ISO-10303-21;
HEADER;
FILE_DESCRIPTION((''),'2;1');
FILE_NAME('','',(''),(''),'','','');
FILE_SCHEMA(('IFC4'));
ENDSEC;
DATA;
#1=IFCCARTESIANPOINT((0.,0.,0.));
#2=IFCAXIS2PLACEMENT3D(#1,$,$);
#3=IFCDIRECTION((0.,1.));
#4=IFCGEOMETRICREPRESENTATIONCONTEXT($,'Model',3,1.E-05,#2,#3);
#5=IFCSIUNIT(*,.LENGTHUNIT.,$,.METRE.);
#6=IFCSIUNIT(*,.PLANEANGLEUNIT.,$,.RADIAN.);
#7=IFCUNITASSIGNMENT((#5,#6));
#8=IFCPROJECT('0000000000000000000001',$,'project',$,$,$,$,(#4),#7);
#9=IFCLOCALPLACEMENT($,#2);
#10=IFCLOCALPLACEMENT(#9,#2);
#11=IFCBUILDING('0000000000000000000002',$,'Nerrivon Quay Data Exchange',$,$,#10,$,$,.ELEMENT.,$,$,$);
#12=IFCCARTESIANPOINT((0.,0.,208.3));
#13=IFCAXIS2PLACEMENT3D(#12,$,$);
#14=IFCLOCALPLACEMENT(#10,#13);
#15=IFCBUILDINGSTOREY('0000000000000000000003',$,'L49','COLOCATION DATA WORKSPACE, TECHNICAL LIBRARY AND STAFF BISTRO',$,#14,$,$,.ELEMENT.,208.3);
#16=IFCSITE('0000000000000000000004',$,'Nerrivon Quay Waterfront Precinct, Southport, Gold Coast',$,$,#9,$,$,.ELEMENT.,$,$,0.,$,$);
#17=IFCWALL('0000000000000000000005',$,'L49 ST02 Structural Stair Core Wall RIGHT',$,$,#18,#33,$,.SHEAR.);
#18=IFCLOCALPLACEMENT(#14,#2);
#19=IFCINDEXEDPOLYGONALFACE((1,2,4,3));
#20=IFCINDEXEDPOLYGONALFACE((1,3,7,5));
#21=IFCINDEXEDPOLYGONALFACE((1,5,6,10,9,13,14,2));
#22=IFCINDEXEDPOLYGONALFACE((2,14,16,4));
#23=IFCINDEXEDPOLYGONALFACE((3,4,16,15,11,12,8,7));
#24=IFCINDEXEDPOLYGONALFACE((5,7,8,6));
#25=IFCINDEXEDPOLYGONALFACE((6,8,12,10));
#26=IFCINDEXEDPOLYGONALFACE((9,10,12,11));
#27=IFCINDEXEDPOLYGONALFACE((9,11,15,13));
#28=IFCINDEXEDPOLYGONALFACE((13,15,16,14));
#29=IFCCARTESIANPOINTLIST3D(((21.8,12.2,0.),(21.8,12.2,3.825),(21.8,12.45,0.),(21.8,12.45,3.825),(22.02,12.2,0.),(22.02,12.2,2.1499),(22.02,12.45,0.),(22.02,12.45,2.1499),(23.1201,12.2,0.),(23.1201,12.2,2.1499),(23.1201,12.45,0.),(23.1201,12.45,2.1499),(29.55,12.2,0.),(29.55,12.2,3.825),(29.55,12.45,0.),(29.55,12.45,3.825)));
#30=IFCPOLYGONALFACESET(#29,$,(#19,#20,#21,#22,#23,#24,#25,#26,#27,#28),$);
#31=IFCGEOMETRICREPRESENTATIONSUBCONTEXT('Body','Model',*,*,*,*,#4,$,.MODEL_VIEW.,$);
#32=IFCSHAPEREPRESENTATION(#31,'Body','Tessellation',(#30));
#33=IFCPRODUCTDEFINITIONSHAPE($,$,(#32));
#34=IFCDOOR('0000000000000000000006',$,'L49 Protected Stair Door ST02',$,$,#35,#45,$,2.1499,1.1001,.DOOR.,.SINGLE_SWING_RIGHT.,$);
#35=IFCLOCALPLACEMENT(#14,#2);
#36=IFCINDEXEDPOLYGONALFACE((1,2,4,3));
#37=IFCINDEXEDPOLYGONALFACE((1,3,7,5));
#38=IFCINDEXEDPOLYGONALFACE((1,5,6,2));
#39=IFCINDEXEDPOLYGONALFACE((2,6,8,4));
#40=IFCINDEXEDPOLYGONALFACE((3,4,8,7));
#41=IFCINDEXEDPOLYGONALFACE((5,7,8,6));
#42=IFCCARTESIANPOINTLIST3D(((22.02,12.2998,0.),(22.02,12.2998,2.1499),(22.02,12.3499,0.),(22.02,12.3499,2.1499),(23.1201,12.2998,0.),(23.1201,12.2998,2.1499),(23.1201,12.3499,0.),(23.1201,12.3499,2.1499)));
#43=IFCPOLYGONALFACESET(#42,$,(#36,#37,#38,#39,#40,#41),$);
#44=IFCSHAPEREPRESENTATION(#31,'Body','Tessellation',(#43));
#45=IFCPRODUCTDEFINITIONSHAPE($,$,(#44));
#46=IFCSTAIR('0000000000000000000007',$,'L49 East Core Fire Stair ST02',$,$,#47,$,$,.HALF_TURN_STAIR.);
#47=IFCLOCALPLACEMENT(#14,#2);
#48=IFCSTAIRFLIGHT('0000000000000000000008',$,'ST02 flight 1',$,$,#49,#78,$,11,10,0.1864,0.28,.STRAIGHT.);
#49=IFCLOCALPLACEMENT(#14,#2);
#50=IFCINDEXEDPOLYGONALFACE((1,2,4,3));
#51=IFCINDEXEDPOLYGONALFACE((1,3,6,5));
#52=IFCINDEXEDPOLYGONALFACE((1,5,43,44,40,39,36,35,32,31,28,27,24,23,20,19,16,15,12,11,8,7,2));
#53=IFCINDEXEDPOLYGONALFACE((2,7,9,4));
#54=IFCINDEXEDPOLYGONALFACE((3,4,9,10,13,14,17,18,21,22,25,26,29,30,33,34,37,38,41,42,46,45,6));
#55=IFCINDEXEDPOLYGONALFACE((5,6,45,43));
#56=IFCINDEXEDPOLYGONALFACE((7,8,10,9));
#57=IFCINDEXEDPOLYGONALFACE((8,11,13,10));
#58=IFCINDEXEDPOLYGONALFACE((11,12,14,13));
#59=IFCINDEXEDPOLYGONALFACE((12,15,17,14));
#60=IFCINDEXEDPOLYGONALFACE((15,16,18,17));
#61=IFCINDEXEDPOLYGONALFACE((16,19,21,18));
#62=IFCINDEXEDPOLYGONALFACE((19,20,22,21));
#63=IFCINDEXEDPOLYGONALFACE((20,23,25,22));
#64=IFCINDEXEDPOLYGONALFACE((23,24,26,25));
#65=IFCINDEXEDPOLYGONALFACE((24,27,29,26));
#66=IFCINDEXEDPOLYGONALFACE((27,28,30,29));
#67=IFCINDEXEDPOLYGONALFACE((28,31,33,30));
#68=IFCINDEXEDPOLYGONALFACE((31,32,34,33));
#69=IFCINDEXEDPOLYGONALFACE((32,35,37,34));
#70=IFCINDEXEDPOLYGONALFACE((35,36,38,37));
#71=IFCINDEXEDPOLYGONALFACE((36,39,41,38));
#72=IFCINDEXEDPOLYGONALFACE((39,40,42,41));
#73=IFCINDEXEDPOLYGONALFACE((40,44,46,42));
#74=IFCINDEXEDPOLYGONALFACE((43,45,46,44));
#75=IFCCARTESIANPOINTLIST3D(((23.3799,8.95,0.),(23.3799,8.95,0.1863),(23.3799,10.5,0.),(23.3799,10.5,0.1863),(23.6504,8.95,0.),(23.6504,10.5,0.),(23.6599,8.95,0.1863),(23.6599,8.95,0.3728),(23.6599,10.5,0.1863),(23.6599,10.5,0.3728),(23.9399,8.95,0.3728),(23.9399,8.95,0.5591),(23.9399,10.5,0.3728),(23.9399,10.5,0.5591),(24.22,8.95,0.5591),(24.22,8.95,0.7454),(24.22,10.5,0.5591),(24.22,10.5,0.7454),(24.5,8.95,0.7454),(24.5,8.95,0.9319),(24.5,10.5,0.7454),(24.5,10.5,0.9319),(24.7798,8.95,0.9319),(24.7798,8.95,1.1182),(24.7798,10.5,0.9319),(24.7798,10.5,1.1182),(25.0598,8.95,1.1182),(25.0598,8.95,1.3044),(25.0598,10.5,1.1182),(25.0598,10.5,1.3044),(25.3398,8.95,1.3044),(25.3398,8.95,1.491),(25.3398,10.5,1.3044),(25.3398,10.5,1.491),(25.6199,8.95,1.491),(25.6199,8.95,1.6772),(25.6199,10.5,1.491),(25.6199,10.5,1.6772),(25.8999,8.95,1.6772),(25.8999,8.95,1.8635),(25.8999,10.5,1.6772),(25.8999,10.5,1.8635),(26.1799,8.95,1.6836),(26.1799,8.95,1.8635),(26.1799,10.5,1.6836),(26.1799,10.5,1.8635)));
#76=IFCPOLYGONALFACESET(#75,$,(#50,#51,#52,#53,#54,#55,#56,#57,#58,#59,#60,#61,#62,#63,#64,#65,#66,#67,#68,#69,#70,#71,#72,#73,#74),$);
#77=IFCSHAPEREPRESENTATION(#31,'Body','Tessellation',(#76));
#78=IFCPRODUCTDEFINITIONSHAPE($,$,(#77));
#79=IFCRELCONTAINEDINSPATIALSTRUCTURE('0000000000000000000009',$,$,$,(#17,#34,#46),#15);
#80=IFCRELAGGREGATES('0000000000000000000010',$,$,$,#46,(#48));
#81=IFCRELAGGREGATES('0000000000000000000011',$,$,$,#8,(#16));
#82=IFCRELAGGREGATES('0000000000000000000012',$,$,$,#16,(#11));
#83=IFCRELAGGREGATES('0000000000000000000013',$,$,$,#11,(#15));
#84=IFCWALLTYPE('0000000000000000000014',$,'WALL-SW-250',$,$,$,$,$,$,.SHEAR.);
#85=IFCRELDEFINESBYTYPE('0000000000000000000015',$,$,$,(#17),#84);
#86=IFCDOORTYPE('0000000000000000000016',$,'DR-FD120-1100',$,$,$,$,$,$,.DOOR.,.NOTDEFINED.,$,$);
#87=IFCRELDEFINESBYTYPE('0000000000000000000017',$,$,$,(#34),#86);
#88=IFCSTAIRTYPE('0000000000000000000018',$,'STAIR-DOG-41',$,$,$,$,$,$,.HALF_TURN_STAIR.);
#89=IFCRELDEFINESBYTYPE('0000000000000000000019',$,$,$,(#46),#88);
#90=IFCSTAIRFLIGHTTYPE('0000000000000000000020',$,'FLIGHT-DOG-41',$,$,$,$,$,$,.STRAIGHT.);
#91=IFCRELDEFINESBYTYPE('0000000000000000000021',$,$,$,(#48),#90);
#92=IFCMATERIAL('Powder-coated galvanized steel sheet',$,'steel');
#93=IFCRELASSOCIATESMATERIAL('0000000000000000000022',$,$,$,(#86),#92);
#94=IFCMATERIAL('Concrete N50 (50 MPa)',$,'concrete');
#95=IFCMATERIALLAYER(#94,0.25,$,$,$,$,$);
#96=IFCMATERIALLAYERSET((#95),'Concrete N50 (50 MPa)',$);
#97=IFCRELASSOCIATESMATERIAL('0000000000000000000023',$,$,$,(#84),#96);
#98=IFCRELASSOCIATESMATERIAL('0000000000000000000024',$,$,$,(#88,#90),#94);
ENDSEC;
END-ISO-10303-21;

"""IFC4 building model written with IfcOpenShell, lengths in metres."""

from ifc_helpers import new_model, si_unit, direction, frame, frame_2d, origin, place, context, subcontext, project, spatial, polyline, rectangle, outline, extrude, material, layer, layer_set, type_object, element, fill, aggregate, save


model = new_model("IFC4")

# Units and contexts
model_context = context("Model", 3, precision=1e-05, world=origin(), true_north=direction((0.0, 1.0)))
body_context = subcontext(model_context, "Body", "Model", "MODEL_VIEW")
ifc_project = project(units=[si_unit("LENGTHUNIT", "METRE"), si_unit("PLANEANGLEUNIT", "RADIAN")], contexts=[model_context])

# Site, building, storey
site_placement = place(None, origin())
site = spatial("IfcSite", under=ifc_project, at=site_placement, Name="Nerrivon Quay Waterfront Precinct, Southport, Gold Coast", CompositionType="ELEMENT", RefElevation=0.0)
building_placement = place(site_placement, origin())
building = spatial("IfcBuilding", under=site, at=building_placement, Name="Nerrivon Quay Data Exchange", CompositionType="ELEMENT")
storey_placement = place(building_placement, frame((0.0, 0.0, 208.3)))
storey = spatial("IfcBuildingStorey", under=building, at=storey_placement, Name="L49", Description="COLOCATION DATA WORKSPACE, TECHNICAL LIBRARY AND STAFF BISTRO", CompositionType="ELEMENT", Elevation=208.3)

# Shared definitions
ifc_material_1 = material(Name="Concrete N50 (50 MPa)", Category="concrete")

# Shared definitions
ifc_material_2 = material(Name="Powder-coated galvanized steel sheet", Category="steel")
door_type_1 = type_object("IfcDoorType", Name="DR-FD120-1100", OperationType="NOTDEFINED", PredefinedType="DOOR", material=ifc_material_2)

# Shared definitions
ifc_layer_1 = layer(ifc_material_1, 0.25)
ifc_layer_set_1 = layer_set([ifc_layer_1], Name="Concrete N50 (50 MPa)")
wall_type_1 = type_object("IfcWallType", Name="WALL-SW-250", PredefinedType="SHEAR", material=ifc_layer_set_1)

# Wall, opening, door
wall_1_placement = place(storey_placement, frame((21.8, 12.325, 0.0), z_axis=(0.0, 0.0, 1.0), x_axis=(1.0, 0.0, 0.0)))
wall_1 = element("IfcWall", 1, at=wall_1_placement, inside=storey, type_object=wall_type_1, Name="L49 ST02 Structural Stair Core Wall RIGHT", PredefinedType="SHEAR", context=body_context, shape_type="SweptSolid", body=[
    extrude(rectangle(XDim=7.75, YDim=0.25, at=frame_2d((3.875, 0.0))), origin(), (0.0, 0.0, 1.0), 3.825),
])
opening_1_placement = place(wall_1_placement, frame((0.22, 0.0, 0.0)))
opening_1 = element("IfcOpeningElement", 2, at=opening_1_placement, cuts=wall_1, PredefinedType="OPENING", context=body_context, shape_type="SweptSolid", body=[
    extrude(rectangle(XDim=1.1001, YDim=2.1499, at=frame_2d((0.55, 1.075))), frame((0.0, 0.135, 0.0), z_axis=(0.0, -1.0, 0.0), x_axis=(1.0, 0.0, 0.0)), (0.0, 0.0, 1.0), 0.27),
])
door_1_placement = place(opening_1_placement, origin())
door_1 = element("IfcDoor", 3, at=door_1_placement, inside=storey, type_object=door_type_1, Name="L49 Protected Stair Door ST02", OperationType="SINGLE_SWING_RIGHT", OverallHeight=2.1499, OverallWidth=1.1001, PredefinedType="DOOR", context=body_context, shape_type="SweptSolid", body=[
    extrude(rectangle(XDim=1.1001, YDim=2.1499, at=frame_2d((0.55, 1.075))), frame((0.0, 0.0249, 0.0), z_axis=(0.0, -1.0, 0.0), x_axis=(1.0, 0.0, 0.0)), (0.0, 0.0, 1.0), 0.05),
])
fill(opening_1, door_1)

# Stair, stair flight
stair_type = type_object("IfcStairType", Name="STAIR-DOG-41", PredefinedType="HALF_TURN_STAIR", material=ifc_material_1)
stair_placement = place(storey_placement, origin())
stair = element("IfcStair", 4, at=stair_placement, inside=storey, type_object=stair_type, Name="L49 East Core Fire Stair ST02", PredefinedType="HALF_TURN_STAIR")
stair_flight_type = type_object("IfcStairFlightType", Name="FLIGHT-DOG-41", PredefinedType="STRAIGHT", material=ifc_material_1)
stair_flight_placement = place(storey_placement, frame((23.3799, 9.7251, 0.0), z_axis=(0.0, 0.0, 1.0), x_axis=(1.0, 0.0, 0.0)))
stair_flight = element("IfcStairFlight", 5, at=stair_flight_placement, type_object=stair_flight_type, Name="ST02 flight 1", NumberOfRisers=11, NumberOfTreads=10, PredefinedType="STRAIGHT", RiserHeight=0.1864, TreadLength=0.28, context=body_context, shape_type="SweptSolid", body=[
    extrude(outline(polyline([(0.0, 0.0), (0.0, 0.1863), (0.28, 0.1863), (0.28, 0.3728), (0.5601, 0.3728), (0.5601, 0.5591), (0.8401, 0.5591), (0.8401, 0.7454), (1.1201, 0.7454), (1.1201, 0.9319), (1.3999, 0.9319), (1.3999, 1.1182), (1.6799, 1.1182), (1.6799, 1.3044), (1.96, 1.3044), (1.96, 1.491), (2.24, 1.491), (2.24, 1.6772), (2.52, 1.6772), (2.52, 1.8635), (2.8, 1.8635), (2.8, 2.05), (2.8, 1.6836), (0.2705, 0.0), (0.0, 0.0)])), frame((0.0, 0.7749, 0.0), z_axis=(0.0, -1.0, 0.0), x_axis=(1.0, 0.0, 0.0)), (0.0, 0.0, 1.0), 1.55),
])
aggregate(stair, [stair_flight])

save(model, "model.ifc")
